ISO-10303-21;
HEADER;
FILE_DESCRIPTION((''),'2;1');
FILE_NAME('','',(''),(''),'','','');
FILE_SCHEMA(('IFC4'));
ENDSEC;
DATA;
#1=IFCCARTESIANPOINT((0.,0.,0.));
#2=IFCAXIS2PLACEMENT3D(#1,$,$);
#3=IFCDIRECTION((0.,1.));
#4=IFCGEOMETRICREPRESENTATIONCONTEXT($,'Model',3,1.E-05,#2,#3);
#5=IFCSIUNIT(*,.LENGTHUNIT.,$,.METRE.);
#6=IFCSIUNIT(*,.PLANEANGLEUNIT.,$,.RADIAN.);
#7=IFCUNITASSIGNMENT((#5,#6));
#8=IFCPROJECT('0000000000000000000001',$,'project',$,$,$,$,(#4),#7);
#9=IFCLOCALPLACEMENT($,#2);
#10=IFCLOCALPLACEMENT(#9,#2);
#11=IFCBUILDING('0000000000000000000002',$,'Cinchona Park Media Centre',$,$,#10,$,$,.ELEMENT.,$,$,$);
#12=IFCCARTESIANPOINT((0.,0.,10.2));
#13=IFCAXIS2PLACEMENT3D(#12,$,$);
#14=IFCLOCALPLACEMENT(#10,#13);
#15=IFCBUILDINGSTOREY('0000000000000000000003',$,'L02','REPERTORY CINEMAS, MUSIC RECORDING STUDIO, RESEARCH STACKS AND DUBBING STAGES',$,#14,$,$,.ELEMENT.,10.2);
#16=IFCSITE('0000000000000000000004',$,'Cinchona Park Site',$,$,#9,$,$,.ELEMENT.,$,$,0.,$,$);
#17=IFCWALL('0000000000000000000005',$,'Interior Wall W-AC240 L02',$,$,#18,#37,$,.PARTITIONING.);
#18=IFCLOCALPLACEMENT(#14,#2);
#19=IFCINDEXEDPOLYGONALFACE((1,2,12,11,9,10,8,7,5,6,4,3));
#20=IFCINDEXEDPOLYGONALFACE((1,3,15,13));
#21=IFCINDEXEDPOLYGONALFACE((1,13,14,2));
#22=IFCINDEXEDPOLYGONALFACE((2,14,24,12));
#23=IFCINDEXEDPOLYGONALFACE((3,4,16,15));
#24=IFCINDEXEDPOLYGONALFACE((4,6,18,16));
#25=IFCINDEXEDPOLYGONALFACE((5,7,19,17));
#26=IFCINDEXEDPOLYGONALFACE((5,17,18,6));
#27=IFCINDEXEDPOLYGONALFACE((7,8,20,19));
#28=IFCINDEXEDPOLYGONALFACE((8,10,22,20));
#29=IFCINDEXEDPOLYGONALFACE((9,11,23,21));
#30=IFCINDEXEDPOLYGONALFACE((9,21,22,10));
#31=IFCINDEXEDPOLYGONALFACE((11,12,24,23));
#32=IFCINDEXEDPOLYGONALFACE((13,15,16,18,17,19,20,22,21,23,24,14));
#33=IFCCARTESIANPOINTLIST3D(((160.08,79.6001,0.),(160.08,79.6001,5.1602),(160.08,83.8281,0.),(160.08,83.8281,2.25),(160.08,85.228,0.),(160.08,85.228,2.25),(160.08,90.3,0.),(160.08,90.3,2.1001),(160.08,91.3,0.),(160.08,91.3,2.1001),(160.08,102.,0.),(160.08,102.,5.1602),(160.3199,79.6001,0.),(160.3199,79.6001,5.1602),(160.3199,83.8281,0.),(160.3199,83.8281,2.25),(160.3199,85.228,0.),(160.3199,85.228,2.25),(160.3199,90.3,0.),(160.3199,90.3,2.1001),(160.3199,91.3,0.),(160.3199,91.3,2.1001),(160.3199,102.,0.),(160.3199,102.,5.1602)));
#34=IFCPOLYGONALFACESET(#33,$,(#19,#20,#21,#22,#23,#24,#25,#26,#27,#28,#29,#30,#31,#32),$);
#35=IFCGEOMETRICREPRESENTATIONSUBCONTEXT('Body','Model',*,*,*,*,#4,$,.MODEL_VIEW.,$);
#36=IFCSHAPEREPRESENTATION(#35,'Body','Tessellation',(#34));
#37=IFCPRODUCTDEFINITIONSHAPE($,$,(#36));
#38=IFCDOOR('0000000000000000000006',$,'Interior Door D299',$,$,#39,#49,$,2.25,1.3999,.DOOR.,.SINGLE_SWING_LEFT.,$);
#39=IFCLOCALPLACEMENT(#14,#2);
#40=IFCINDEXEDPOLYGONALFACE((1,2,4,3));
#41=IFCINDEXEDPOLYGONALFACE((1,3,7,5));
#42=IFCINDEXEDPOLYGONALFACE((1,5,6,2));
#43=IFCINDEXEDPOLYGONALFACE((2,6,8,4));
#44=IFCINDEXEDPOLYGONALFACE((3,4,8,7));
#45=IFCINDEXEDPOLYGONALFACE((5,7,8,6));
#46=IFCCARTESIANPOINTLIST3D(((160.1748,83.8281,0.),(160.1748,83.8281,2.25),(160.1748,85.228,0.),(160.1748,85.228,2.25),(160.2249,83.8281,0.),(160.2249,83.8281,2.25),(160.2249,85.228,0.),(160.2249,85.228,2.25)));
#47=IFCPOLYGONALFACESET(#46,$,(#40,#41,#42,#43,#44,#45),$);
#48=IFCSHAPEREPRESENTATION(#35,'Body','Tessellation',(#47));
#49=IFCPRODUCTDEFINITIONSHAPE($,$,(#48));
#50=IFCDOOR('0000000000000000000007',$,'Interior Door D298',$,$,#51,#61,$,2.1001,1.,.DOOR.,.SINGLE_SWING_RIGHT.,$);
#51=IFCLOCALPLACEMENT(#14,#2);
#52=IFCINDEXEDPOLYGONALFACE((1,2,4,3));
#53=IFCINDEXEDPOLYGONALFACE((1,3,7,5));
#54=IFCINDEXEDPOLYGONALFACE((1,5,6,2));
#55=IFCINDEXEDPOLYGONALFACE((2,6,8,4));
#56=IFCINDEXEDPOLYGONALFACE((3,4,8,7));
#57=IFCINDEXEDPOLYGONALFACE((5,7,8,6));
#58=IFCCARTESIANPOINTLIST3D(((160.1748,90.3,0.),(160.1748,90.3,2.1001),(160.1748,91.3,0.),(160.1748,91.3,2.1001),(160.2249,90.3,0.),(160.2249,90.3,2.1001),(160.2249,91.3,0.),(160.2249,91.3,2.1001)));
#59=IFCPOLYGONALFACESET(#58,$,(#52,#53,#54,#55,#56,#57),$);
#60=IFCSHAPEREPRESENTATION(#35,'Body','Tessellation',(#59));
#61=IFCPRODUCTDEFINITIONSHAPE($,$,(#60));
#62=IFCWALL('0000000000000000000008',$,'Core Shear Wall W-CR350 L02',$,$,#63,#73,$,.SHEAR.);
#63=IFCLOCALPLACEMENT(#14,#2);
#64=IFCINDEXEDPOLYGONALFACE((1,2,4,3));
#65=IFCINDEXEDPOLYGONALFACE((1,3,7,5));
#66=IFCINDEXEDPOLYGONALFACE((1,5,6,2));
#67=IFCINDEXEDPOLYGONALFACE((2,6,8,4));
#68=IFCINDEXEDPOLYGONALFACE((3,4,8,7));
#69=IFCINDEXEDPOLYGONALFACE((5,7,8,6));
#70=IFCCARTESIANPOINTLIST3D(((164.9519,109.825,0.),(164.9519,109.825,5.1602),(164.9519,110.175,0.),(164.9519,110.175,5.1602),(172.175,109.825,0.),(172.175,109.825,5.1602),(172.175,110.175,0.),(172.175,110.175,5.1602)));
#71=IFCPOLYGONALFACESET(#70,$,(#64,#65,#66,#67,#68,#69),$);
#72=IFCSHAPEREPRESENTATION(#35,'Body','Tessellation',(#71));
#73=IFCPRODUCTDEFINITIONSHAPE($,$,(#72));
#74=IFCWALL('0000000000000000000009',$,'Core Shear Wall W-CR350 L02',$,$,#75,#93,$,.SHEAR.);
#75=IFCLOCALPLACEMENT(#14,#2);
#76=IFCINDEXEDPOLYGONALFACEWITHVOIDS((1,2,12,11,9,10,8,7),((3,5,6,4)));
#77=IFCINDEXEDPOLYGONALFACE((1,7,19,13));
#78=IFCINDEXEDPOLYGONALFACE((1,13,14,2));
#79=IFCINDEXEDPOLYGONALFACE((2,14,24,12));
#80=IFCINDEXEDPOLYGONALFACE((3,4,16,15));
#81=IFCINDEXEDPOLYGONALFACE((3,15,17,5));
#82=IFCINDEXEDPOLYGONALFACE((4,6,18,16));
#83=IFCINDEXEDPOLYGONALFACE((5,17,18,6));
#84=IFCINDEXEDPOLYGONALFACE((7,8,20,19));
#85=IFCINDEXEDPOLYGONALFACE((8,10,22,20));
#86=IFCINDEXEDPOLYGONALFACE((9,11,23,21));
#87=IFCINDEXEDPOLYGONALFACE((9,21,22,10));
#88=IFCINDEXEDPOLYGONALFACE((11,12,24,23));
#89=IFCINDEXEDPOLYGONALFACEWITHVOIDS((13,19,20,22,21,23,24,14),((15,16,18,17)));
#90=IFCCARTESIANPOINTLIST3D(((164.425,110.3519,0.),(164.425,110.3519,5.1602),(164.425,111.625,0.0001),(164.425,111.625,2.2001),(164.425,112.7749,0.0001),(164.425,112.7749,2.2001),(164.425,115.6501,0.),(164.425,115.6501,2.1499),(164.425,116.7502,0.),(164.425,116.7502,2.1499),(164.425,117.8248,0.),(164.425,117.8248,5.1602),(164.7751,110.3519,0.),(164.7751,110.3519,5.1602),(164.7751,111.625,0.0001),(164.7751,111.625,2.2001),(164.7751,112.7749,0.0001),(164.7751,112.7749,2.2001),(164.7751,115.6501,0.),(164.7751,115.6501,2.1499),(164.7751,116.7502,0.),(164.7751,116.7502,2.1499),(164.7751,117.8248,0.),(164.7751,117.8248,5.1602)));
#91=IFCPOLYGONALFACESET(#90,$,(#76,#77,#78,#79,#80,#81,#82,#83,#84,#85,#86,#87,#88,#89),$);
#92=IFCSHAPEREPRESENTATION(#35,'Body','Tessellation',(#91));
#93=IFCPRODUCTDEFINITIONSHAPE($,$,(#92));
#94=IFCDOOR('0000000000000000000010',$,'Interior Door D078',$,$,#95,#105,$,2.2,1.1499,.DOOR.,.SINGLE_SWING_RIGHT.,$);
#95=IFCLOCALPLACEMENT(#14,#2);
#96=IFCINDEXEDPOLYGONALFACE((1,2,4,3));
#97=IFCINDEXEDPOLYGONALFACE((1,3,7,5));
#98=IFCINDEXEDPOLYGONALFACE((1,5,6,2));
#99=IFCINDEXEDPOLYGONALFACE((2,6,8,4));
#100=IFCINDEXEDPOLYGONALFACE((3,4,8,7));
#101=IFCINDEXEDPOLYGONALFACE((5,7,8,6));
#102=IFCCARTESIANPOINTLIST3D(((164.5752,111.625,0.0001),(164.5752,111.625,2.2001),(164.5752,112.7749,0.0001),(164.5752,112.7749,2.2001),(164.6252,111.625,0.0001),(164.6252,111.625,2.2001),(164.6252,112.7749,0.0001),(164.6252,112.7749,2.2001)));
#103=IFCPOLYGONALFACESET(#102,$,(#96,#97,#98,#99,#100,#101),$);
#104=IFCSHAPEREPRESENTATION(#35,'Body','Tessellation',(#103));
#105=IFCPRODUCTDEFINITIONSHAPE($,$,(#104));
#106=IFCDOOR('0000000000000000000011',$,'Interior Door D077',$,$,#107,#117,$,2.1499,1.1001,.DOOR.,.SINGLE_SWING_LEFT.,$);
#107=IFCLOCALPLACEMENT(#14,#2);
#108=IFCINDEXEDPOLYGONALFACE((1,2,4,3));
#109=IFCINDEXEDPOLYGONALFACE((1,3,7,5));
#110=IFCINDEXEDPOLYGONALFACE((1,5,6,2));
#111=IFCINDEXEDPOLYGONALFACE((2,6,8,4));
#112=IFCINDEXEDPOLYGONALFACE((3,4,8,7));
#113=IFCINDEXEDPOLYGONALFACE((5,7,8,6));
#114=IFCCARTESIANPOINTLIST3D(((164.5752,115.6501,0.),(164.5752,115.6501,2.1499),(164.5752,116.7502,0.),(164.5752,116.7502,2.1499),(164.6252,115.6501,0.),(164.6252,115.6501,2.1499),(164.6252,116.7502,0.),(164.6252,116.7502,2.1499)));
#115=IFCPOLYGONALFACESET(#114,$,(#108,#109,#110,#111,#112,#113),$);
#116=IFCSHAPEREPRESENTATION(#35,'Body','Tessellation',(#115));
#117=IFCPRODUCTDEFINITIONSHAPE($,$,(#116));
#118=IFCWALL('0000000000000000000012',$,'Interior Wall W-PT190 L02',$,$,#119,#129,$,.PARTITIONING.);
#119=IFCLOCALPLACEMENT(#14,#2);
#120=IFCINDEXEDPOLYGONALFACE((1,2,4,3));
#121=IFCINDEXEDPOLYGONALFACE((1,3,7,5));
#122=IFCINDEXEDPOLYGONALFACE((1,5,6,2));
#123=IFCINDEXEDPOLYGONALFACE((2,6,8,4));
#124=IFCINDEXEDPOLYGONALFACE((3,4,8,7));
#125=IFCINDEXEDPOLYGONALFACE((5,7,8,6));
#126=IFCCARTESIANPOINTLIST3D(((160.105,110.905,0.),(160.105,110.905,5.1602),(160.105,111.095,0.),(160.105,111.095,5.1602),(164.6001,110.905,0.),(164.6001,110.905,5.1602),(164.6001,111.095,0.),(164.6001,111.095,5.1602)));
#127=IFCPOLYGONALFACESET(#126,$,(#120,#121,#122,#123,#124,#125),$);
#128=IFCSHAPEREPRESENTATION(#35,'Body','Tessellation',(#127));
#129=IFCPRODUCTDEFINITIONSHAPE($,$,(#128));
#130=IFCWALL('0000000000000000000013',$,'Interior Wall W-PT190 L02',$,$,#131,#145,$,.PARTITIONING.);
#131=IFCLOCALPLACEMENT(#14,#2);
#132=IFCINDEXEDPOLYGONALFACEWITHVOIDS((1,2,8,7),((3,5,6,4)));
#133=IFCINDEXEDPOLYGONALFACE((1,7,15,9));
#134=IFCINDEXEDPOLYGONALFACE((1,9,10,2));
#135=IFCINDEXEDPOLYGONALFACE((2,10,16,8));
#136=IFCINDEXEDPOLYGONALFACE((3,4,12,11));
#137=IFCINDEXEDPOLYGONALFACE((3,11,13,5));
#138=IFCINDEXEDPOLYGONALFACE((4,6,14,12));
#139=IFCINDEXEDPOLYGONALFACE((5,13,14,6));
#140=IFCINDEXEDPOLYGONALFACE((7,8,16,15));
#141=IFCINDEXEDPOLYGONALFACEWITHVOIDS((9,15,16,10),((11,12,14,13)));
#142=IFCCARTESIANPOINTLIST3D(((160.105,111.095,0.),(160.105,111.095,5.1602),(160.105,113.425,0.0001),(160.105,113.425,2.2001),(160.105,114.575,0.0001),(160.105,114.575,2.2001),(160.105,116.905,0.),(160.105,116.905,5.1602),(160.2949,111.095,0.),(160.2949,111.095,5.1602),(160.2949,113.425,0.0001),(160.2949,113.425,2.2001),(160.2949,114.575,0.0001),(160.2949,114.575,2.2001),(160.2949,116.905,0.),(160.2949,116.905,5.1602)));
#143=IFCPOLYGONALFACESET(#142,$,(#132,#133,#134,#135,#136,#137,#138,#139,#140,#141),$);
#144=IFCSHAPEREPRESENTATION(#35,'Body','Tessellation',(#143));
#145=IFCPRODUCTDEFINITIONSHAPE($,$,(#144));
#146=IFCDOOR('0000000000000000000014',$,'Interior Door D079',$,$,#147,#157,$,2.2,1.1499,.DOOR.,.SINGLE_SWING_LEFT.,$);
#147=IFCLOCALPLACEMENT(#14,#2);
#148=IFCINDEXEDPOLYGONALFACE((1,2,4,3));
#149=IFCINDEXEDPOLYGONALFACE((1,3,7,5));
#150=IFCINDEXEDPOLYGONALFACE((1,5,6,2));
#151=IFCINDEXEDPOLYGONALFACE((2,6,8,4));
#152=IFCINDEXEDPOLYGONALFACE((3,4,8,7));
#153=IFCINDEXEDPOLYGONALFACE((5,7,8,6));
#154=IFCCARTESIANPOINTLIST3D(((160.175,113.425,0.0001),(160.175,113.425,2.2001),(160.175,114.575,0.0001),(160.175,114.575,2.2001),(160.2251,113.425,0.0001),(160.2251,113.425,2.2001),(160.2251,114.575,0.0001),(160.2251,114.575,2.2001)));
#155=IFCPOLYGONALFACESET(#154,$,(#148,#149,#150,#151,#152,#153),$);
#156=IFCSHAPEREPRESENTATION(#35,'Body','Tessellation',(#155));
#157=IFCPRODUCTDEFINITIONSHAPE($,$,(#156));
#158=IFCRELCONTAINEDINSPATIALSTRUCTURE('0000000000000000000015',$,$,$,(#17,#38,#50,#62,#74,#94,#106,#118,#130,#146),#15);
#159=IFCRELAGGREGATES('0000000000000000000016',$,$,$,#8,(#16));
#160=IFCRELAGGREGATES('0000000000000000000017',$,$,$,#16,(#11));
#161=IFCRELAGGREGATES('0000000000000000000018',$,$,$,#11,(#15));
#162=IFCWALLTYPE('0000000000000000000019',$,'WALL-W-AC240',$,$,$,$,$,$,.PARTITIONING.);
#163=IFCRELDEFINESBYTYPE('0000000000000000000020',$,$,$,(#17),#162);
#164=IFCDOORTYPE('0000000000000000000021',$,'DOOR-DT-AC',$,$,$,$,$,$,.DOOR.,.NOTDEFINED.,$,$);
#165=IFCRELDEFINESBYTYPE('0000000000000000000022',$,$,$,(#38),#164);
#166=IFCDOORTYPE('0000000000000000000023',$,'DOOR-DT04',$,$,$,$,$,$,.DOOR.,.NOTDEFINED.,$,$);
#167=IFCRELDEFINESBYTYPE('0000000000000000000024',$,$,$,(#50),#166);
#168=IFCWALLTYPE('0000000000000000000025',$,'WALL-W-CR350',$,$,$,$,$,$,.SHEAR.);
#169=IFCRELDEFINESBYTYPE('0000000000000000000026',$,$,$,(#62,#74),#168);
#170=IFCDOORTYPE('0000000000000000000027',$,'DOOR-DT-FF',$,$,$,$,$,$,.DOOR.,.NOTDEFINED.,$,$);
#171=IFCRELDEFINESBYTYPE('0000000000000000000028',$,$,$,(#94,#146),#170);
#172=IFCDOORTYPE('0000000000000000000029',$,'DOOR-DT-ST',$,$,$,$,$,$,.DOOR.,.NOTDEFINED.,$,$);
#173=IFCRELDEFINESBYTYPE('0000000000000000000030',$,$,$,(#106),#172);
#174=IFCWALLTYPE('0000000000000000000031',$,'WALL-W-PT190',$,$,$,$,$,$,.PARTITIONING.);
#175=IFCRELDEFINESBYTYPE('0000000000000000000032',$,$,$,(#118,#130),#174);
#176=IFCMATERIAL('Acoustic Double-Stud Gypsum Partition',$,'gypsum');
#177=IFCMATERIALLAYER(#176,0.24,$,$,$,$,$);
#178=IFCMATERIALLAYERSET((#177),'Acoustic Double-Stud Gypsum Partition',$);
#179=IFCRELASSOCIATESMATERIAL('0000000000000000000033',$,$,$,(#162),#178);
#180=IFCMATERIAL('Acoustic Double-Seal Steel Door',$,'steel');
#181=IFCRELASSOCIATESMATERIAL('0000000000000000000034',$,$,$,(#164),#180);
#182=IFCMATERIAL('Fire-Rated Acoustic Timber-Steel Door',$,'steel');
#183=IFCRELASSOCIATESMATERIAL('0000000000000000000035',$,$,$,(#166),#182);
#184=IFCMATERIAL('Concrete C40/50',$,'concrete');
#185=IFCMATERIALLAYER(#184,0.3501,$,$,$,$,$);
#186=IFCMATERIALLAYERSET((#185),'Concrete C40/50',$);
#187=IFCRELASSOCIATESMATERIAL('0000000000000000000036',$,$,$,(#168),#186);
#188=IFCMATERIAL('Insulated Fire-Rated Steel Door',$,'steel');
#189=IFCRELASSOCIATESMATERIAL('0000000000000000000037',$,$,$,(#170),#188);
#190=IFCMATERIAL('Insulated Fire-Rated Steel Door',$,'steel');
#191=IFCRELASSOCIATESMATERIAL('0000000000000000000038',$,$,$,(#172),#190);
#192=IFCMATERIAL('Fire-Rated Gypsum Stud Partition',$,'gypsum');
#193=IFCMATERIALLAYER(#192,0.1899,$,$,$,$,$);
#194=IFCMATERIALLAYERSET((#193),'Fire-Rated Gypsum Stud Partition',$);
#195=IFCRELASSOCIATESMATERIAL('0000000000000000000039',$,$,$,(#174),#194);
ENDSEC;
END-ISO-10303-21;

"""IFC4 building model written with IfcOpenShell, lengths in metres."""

from ifc_helpers import new_model, si_unit, direction, frame, frame_2d, origin, place, context, subcontext, project, spatial, rectangle, extrude, material, layer, layer_set, type_object, element, fill, save


model = new_model("IFC4")

# Units and contexts
model_context = context("Model", 3, precision=1e-05, world=origin(), true_north=direction((0.0, 1.0)))
body_context = subcontext(model_context, "Body", "Model", "MODEL_VIEW")
ifc_project = project(units=[si_unit("LENGTHUNIT", "METRE"), si_unit("PLANEANGLEUNIT", "RADIAN")], contexts=[model_context])

# Site, building, storey
site_placement = place(None, origin())
site = spatial("IfcSite", under=ifc_project, at=site_placement, Name="Cinchona Park Site", CompositionType="ELEMENT", RefElevation=0.0)
building_placement = place(site_placement, origin())
building = spatial("IfcBuilding", under=site, at=building_placement, Name="Cinchona Park Media Centre", CompositionType="ELEMENT")
storey_placement = place(building_placement, frame((0.0, 0.0, 10.2)))
storey = spatial("IfcBuildingStorey", under=building, at=storey_placement, Name="L02", Description="REPERTORY CINEMAS, MUSIC RECORDING STUDIO, RESEARCH STACKS AND DUBBING STAGES", CompositionType="ELEMENT", Elevation=10.2)

# Shared definitions
ifc_material_1 = material(Name="Acoustic Double-Stud Gypsum Partition", Category="gypsum")
ifc_layer_1 = layer(ifc_material_1, 0.24)
ifc_layer_set_1 = layer_set([ifc_layer_1], Name="Acoustic Double-Stud Gypsum Partition")
wall_type_1 = type_object("IfcWallType", Name="WALL-W-AC240", PredefinedType="PARTITIONING", material=ifc_layer_set_1)

# Wall, openings, doors
wall_1_placement = place(storey_placement, frame((160.2, 102.0, 0.0), z_axis=(0.0, 0.0, 1.0), x_axis=(0.0, -1.0, 0.0)))
wall_1 = element("IfcWall", 1, at=wall_1_placement, inside=storey, type_object=wall_type_1, Name="Interior Wall W-AC240 L02", PredefinedType="PARTITIONING", context=body_context, shape_type="SweptSolid", body=[
    extrude(rectangle(XDim=22.3999, YDim=0.24, at=frame_2d((11.2, 0.0))), origin(), (0.0, 0.0, 1.0), 5.1602),
])
opening_1_placement = place(wall_1_placement, frame((10.7, 0.0, 0.0)))
opening_1 = element("IfcOpeningElement", 2, at=opening_1_placement, cuts=wall_1, PredefinedType="OPENING", context=body_context, shape_type="SweptSolid", body=[
    extrude(rectangle(XDim=1.0, YDim=2.1001, at=frame_2d((0.5, 1.05))), frame((0.0, 0.1299, 0.0), z_axis=(0.0, -1.0, 0.0), x_axis=(1.0, 0.0, 0.0)), (0.0, 0.0, 1.0), 0.26),
])
opening_2_placement = place(wall_1_placement, frame((16.772, 0.0, 0.0)))
opening_2 = element("IfcOpeningElement", 3, at=opening_2_placement, cuts=wall_1, PredefinedType="OPENING", context=body_context, shape_type="SweptSolid", body=[
    extrude(rectangle(XDim=1.3999, YDim=2.25, at=frame_2d((0.7, 1.125))), frame((0.0, 0.1299, 0.0), z_axis=(0.0, -1.0, 0.0), x_axis=(1.0, 0.0, 0.0)), (0.0, 0.0, 1.0), 0.26),
])
ifc_material_2 = material(Name="Acoustic Double-Seal Steel Door", Category="steel")
door_type_1 = type_object("IfcDoorType", Name="DOOR-DT-AC", OperationType="NOTDEFINED", PredefinedType="DOOR", material=ifc_material_2)
door_1_placement = place(opening_2_placement, origin())
door_1 = element("IfcDoor", 4, at=door_1_placement, inside=storey, type_object=door_type_1, Name="Interior Door D299", OperationType="SINGLE_SWING_LEFT", OverallHeight=2.25, OverallWidth=1.3999, PredefinedType="DOOR", context=body_context, shape_type="SweptSolid", body=[
    extrude(rectangle(XDim=1.3999, YDim=2.25, at=frame_2d((0.7, 1.125))), frame((0.0, 0.0249, 0.0), z_axis=(0.0, -1.0, 0.0), x_axis=(1.0, 0.0, 0.0)), (0.0, 0.0, 1.0), 0.05),
])
fill(opening_2, door_1)
ifc_material_3 = material(Name="Fire-Rated Acoustic Timber-Steel Door", Category="steel")
door_type_2 = type_object("IfcDoorType", Name="DOOR-DT04", OperationType="NOTDEFINED", PredefinedType="DOOR", material=ifc_material_3)
door_2_placement = place(opening_1_placement, origin())
door_2 = element("IfcDoor", 5, at=door_2_placement, inside=storey, type_object=door_type_2, Name="Interior Door D298", OperationType="SINGLE_SWING_RIGHT", OverallHeight=2.1001, OverallWidth=1.0, PredefinedType="DOOR", context=body_context, shape_type="SweptSolid", body=[
    extrude(rectangle(XDim=1.0, YDim=2.1001, at=frame_2d((0.5, 1.05))), frame((0.0, 0.0249, 0.0), z_axis=(0.0, -1.0, 0.0), x_axis=(1.0, 0.0, 0.0)), (0.0, 0.0, 1.0), 0.05),
])
fill(opening_1, door_2)

# Wall
ifc_material_4 = material(Name="Concrete C40/50", Category="concrete")
ifc_layer_2 = layer(ifc_material_4, 0.3501)
ifc_layer_set_2 = layer_set([ifc_layer_2], Name="Concrete C40/50")
wall_type_2 = type_object("IfcWallType", Name="WALL-W-CR350", PredefinedType="SHEAR", material=ifc_layer_set_2)
wall_2_placement = place(storey_placement, frame((164.9519, 110.0, 0.0), z_axis=(0.0, 0.0, 1.0), x_axis=(1.0, 0.0, 0.0)))
element("IfcWall", 6, at=wall_2_placement, inside=storey, type_object=wall_type_2, Name="Core Shear Wall W-CR350 L02", PredefinedType="SHEAR", context=body_context, shape_type="SweptSolid", body=[
    extrude(rectangle(XDim=7.2231, YDim=0.3501, at=frame_2d((3.6116, 0.0))), origin(), (0.0, 0.0, 1.0), 5.1602),
])

# Wall, openings, doors
wall_3_placement = place(storey_placement, frame((164.6001, 110.3521, 0.0), z_axis=(0.0, 0.0, 1.0), x_axis=(0.0, 1.0, 0.0)))
wall_3 = element("IfcWall", 7, at=wall_3_placement, inside=storey, type_object=wall_type_2, Name="Core Shear Wall W-CR350 L02", PredefinedType="SHEAR", context=body_context, shape_type="SweptSolid", body=[
    extrude(rectangle(XDim=7.4729, YDim=0.3501, at=frame_2d((3.7363, 0.0))), origin(), (0.0, 0.0, 1.0), 5.1602),
])
opening_3_placement = place(wall_3_placement, frame((5.2981, 0.0, 0.0)))
opening_3 = element("IfcOpeningElement", 8, at=opening_3_placement, cuts=wall_3, PredefinedType="OPENING", context=body_context, shape_type="SweptSolid", body=[
    extrude(rectangle(XDim=1.1001, YDim=2.1499, at=frame_2d((0.55, 1.075))), frame((0.0, 0.1851, 0.0), z_axis=(0.0, -1.0, 0.0), x_axis=(1.0, 0.0, 0.0)), (0.0, 0.0, 1.0), 0.3701),
])
opening_4_placement = place(wall_3_placement, frame((1.2729, 0.0, 0.0)))
opening_4 = element("IfcOpeningElement", 9, at=opening_4_placement, cuts=wall_3, PredefinedType="OPENING", context=body_context, shape_type="SweptSolid", body=[
    extrude(rectangle(XDim=1.1499, YDim=2.2, at=frame_2d((0.575, 1.1001))), frame((0.0, 0.1851, 0.0), z_axis=(0.0, -1.0, 0.0), x_axis=(1.0, 0.0, 0.0)), (0.0, 0.0, 1.0), 0.3701),
])
ifc_material_5 = material(Name="Insulated Fire-Rated Steel Door", Category="steel")
door_type_3 = type_object("IfcDoorType", Name="DOOR-DT-FF", OperationType="NOTDEFINED", PredefinedType="DOOR", material=ifc_material_5)
door_3_placement = place(opening_4_placement, origin())
door_3 = element("IfcDoor", 10, at=door_3_placement, inside=storey, type_object=door_type_3, Name="Interior Door D078", OperationType="SINGLE_SWING_RIGHT", OverallHeight=2.2, OverallWidth=1.1499, PredefinedType="DOOR", context=body_context, shape_type="SweptSolid", body=[
    extrude(rectangle(XDim=1.1499, YDim=2.2, at=frame_2d((0.575, 1.1001))), frame((0.0, 0.0249, 0.0), z_axis=(0.0, -1.0, 0.0), x_axis=(1.0, 0.0, 0.0)), (0.0, 0.0, 1.0), 0.05),
])
fill(opening_4, door_3)
ifc_material_6 = material(Name="Insulated Fire-Rated Steel Door", Category="steel")
door_type_4 = type_object("IfcDoorType", Name="DOOR-DT-ST", OperationType="NOTDEFINED", PredefinedType="DOOR", material=ifc_material_6)
door_4_placement = place(opening_3_placement, origin())
door_4 = element("IfcDoor", 11, at=door_4_placement, inside=storey, type_object=door_type_4, Name="Interior Door D077", OperationType="SINGLE_SWING_LEFT", OverallHeight=2.1499, OverallWidth=1.1001, PredefinedType="DOOR", context=body_context, shape_type="SweptSolid", body=[
    extrude(rectangle(XDim=1.1001, YDim=2.1499, at=frame_2d((0.55, 1.075))), frame((0.0, 0.0249, 0.0), z_axis=(0.0, -1.0, 0.0), x_axis=(1.0, 0.0, 0.0)), (0.0, 0.0, 1.0), 0.05),
])
fill(opening_3, door_4)

# Wall
ifc_material_7 = material(Name="Fire-Rated Gypsum Stud Partition", Category="gypsum")
ifc_layer_3 = layer(ifc_material_7, 0.1899)
ifc_layer_set_3 = layer_set([ifc_layer_3], Name="Fire-Rated Gypsum Stud Partition")
wall_type_3 = type_object("IfcWallType", Name="WALL-W-PT190", PredefinedType="PARTITIONING", material=ifc_layer_set_3)
wall_4_placement = place(storey_placement, frame((160.105, 111.0, 0.0), z_axis=(0.0, 0.0, 1.0), x_axis=(1.0, 0.0, 0.0)))
element("IfcWall", 12, at=wall_4_placement, inside=storey, type_object=wall_type_3, Name="Interior Wall W-PT190 L02", PredefinedType="PARTITIONING", context=body_context, shape_type="SweptSolid", body=[
    extrude(rectangle(XDim=4.4951, YDim=0.1899, at=frame_2d((2.2476, 0.0))), origin(), (0.0, 0.0, 1.0), 5.1602),
])

# Wall, opening, door
wall_5_placement = place(storey_placement, frame((160.2, 111.095, 0.0), z_axis=(0.0, 0.0, 1.0), x_axis=(0.0, 1.0, 0.0)))
wall_5 = element("IfcWall", 13, at=wall_5_placement, inside=storey, type_object=wall_type_3, Name="Interior Wall W-PT190 L02", PredefinedType="PARTITIONING", context=body_context, shape_type="SweptSolid", body=[
    extrude(rectangle(XDim=5.8101, YDim=0.1899, at=frame_2d((2.905, 0.0))), origin(), (0.0, 0.0, 1.0), 5.1602),
])
opening_5_placement = place(wall_5_placement, frame((2.3301, 0.0, 0.0)))
opening_5 = element("IfcOpeningElement", 14, at=opening_5_placement, cuts=wall_5, PredefinedType="OPENING", context=body_context, shape_type="SweptSolid", body=[
    extrude(rectangle(XDim=1.1499, YDim=2.2, at=frame_2d((0.575, 1.1001))), frame((0.0, 0.105, 0.0), z_axis=(0.0, -1.0, 0.0), x_axis=(1.0, 0.0, 0.0)), (0.0, 0.0, 1.0), 0.21),
])
door_5_placement = place(opening_5_placement, origin())
door_5 = element("IfcDoor", 15, at=door_5_placement, inside=storey, type_object=door_type_3, Name="Interior Door D079", OperationType="SINGLE_SWING_LEFT", OverallHeight=2.2, OverallWidth=1.1499, PredefinedType="DOOR", context=body_context, shape_type="SweptSolid", body=[
    extrude(rectangle(XDim=1.1499, YDim=2.2, at=frame_2d((0.575, 1.1001))), frame((0.0, 0.0249, 0.0), z_axis=(0.0, -1.0, 0.0), x_axis=(1.0, 0.0, 0.0)), (0.0, 0.0, 1.0), 0.05),
])
fill(opening_5, door_5)

save(model, "model.ifc")
